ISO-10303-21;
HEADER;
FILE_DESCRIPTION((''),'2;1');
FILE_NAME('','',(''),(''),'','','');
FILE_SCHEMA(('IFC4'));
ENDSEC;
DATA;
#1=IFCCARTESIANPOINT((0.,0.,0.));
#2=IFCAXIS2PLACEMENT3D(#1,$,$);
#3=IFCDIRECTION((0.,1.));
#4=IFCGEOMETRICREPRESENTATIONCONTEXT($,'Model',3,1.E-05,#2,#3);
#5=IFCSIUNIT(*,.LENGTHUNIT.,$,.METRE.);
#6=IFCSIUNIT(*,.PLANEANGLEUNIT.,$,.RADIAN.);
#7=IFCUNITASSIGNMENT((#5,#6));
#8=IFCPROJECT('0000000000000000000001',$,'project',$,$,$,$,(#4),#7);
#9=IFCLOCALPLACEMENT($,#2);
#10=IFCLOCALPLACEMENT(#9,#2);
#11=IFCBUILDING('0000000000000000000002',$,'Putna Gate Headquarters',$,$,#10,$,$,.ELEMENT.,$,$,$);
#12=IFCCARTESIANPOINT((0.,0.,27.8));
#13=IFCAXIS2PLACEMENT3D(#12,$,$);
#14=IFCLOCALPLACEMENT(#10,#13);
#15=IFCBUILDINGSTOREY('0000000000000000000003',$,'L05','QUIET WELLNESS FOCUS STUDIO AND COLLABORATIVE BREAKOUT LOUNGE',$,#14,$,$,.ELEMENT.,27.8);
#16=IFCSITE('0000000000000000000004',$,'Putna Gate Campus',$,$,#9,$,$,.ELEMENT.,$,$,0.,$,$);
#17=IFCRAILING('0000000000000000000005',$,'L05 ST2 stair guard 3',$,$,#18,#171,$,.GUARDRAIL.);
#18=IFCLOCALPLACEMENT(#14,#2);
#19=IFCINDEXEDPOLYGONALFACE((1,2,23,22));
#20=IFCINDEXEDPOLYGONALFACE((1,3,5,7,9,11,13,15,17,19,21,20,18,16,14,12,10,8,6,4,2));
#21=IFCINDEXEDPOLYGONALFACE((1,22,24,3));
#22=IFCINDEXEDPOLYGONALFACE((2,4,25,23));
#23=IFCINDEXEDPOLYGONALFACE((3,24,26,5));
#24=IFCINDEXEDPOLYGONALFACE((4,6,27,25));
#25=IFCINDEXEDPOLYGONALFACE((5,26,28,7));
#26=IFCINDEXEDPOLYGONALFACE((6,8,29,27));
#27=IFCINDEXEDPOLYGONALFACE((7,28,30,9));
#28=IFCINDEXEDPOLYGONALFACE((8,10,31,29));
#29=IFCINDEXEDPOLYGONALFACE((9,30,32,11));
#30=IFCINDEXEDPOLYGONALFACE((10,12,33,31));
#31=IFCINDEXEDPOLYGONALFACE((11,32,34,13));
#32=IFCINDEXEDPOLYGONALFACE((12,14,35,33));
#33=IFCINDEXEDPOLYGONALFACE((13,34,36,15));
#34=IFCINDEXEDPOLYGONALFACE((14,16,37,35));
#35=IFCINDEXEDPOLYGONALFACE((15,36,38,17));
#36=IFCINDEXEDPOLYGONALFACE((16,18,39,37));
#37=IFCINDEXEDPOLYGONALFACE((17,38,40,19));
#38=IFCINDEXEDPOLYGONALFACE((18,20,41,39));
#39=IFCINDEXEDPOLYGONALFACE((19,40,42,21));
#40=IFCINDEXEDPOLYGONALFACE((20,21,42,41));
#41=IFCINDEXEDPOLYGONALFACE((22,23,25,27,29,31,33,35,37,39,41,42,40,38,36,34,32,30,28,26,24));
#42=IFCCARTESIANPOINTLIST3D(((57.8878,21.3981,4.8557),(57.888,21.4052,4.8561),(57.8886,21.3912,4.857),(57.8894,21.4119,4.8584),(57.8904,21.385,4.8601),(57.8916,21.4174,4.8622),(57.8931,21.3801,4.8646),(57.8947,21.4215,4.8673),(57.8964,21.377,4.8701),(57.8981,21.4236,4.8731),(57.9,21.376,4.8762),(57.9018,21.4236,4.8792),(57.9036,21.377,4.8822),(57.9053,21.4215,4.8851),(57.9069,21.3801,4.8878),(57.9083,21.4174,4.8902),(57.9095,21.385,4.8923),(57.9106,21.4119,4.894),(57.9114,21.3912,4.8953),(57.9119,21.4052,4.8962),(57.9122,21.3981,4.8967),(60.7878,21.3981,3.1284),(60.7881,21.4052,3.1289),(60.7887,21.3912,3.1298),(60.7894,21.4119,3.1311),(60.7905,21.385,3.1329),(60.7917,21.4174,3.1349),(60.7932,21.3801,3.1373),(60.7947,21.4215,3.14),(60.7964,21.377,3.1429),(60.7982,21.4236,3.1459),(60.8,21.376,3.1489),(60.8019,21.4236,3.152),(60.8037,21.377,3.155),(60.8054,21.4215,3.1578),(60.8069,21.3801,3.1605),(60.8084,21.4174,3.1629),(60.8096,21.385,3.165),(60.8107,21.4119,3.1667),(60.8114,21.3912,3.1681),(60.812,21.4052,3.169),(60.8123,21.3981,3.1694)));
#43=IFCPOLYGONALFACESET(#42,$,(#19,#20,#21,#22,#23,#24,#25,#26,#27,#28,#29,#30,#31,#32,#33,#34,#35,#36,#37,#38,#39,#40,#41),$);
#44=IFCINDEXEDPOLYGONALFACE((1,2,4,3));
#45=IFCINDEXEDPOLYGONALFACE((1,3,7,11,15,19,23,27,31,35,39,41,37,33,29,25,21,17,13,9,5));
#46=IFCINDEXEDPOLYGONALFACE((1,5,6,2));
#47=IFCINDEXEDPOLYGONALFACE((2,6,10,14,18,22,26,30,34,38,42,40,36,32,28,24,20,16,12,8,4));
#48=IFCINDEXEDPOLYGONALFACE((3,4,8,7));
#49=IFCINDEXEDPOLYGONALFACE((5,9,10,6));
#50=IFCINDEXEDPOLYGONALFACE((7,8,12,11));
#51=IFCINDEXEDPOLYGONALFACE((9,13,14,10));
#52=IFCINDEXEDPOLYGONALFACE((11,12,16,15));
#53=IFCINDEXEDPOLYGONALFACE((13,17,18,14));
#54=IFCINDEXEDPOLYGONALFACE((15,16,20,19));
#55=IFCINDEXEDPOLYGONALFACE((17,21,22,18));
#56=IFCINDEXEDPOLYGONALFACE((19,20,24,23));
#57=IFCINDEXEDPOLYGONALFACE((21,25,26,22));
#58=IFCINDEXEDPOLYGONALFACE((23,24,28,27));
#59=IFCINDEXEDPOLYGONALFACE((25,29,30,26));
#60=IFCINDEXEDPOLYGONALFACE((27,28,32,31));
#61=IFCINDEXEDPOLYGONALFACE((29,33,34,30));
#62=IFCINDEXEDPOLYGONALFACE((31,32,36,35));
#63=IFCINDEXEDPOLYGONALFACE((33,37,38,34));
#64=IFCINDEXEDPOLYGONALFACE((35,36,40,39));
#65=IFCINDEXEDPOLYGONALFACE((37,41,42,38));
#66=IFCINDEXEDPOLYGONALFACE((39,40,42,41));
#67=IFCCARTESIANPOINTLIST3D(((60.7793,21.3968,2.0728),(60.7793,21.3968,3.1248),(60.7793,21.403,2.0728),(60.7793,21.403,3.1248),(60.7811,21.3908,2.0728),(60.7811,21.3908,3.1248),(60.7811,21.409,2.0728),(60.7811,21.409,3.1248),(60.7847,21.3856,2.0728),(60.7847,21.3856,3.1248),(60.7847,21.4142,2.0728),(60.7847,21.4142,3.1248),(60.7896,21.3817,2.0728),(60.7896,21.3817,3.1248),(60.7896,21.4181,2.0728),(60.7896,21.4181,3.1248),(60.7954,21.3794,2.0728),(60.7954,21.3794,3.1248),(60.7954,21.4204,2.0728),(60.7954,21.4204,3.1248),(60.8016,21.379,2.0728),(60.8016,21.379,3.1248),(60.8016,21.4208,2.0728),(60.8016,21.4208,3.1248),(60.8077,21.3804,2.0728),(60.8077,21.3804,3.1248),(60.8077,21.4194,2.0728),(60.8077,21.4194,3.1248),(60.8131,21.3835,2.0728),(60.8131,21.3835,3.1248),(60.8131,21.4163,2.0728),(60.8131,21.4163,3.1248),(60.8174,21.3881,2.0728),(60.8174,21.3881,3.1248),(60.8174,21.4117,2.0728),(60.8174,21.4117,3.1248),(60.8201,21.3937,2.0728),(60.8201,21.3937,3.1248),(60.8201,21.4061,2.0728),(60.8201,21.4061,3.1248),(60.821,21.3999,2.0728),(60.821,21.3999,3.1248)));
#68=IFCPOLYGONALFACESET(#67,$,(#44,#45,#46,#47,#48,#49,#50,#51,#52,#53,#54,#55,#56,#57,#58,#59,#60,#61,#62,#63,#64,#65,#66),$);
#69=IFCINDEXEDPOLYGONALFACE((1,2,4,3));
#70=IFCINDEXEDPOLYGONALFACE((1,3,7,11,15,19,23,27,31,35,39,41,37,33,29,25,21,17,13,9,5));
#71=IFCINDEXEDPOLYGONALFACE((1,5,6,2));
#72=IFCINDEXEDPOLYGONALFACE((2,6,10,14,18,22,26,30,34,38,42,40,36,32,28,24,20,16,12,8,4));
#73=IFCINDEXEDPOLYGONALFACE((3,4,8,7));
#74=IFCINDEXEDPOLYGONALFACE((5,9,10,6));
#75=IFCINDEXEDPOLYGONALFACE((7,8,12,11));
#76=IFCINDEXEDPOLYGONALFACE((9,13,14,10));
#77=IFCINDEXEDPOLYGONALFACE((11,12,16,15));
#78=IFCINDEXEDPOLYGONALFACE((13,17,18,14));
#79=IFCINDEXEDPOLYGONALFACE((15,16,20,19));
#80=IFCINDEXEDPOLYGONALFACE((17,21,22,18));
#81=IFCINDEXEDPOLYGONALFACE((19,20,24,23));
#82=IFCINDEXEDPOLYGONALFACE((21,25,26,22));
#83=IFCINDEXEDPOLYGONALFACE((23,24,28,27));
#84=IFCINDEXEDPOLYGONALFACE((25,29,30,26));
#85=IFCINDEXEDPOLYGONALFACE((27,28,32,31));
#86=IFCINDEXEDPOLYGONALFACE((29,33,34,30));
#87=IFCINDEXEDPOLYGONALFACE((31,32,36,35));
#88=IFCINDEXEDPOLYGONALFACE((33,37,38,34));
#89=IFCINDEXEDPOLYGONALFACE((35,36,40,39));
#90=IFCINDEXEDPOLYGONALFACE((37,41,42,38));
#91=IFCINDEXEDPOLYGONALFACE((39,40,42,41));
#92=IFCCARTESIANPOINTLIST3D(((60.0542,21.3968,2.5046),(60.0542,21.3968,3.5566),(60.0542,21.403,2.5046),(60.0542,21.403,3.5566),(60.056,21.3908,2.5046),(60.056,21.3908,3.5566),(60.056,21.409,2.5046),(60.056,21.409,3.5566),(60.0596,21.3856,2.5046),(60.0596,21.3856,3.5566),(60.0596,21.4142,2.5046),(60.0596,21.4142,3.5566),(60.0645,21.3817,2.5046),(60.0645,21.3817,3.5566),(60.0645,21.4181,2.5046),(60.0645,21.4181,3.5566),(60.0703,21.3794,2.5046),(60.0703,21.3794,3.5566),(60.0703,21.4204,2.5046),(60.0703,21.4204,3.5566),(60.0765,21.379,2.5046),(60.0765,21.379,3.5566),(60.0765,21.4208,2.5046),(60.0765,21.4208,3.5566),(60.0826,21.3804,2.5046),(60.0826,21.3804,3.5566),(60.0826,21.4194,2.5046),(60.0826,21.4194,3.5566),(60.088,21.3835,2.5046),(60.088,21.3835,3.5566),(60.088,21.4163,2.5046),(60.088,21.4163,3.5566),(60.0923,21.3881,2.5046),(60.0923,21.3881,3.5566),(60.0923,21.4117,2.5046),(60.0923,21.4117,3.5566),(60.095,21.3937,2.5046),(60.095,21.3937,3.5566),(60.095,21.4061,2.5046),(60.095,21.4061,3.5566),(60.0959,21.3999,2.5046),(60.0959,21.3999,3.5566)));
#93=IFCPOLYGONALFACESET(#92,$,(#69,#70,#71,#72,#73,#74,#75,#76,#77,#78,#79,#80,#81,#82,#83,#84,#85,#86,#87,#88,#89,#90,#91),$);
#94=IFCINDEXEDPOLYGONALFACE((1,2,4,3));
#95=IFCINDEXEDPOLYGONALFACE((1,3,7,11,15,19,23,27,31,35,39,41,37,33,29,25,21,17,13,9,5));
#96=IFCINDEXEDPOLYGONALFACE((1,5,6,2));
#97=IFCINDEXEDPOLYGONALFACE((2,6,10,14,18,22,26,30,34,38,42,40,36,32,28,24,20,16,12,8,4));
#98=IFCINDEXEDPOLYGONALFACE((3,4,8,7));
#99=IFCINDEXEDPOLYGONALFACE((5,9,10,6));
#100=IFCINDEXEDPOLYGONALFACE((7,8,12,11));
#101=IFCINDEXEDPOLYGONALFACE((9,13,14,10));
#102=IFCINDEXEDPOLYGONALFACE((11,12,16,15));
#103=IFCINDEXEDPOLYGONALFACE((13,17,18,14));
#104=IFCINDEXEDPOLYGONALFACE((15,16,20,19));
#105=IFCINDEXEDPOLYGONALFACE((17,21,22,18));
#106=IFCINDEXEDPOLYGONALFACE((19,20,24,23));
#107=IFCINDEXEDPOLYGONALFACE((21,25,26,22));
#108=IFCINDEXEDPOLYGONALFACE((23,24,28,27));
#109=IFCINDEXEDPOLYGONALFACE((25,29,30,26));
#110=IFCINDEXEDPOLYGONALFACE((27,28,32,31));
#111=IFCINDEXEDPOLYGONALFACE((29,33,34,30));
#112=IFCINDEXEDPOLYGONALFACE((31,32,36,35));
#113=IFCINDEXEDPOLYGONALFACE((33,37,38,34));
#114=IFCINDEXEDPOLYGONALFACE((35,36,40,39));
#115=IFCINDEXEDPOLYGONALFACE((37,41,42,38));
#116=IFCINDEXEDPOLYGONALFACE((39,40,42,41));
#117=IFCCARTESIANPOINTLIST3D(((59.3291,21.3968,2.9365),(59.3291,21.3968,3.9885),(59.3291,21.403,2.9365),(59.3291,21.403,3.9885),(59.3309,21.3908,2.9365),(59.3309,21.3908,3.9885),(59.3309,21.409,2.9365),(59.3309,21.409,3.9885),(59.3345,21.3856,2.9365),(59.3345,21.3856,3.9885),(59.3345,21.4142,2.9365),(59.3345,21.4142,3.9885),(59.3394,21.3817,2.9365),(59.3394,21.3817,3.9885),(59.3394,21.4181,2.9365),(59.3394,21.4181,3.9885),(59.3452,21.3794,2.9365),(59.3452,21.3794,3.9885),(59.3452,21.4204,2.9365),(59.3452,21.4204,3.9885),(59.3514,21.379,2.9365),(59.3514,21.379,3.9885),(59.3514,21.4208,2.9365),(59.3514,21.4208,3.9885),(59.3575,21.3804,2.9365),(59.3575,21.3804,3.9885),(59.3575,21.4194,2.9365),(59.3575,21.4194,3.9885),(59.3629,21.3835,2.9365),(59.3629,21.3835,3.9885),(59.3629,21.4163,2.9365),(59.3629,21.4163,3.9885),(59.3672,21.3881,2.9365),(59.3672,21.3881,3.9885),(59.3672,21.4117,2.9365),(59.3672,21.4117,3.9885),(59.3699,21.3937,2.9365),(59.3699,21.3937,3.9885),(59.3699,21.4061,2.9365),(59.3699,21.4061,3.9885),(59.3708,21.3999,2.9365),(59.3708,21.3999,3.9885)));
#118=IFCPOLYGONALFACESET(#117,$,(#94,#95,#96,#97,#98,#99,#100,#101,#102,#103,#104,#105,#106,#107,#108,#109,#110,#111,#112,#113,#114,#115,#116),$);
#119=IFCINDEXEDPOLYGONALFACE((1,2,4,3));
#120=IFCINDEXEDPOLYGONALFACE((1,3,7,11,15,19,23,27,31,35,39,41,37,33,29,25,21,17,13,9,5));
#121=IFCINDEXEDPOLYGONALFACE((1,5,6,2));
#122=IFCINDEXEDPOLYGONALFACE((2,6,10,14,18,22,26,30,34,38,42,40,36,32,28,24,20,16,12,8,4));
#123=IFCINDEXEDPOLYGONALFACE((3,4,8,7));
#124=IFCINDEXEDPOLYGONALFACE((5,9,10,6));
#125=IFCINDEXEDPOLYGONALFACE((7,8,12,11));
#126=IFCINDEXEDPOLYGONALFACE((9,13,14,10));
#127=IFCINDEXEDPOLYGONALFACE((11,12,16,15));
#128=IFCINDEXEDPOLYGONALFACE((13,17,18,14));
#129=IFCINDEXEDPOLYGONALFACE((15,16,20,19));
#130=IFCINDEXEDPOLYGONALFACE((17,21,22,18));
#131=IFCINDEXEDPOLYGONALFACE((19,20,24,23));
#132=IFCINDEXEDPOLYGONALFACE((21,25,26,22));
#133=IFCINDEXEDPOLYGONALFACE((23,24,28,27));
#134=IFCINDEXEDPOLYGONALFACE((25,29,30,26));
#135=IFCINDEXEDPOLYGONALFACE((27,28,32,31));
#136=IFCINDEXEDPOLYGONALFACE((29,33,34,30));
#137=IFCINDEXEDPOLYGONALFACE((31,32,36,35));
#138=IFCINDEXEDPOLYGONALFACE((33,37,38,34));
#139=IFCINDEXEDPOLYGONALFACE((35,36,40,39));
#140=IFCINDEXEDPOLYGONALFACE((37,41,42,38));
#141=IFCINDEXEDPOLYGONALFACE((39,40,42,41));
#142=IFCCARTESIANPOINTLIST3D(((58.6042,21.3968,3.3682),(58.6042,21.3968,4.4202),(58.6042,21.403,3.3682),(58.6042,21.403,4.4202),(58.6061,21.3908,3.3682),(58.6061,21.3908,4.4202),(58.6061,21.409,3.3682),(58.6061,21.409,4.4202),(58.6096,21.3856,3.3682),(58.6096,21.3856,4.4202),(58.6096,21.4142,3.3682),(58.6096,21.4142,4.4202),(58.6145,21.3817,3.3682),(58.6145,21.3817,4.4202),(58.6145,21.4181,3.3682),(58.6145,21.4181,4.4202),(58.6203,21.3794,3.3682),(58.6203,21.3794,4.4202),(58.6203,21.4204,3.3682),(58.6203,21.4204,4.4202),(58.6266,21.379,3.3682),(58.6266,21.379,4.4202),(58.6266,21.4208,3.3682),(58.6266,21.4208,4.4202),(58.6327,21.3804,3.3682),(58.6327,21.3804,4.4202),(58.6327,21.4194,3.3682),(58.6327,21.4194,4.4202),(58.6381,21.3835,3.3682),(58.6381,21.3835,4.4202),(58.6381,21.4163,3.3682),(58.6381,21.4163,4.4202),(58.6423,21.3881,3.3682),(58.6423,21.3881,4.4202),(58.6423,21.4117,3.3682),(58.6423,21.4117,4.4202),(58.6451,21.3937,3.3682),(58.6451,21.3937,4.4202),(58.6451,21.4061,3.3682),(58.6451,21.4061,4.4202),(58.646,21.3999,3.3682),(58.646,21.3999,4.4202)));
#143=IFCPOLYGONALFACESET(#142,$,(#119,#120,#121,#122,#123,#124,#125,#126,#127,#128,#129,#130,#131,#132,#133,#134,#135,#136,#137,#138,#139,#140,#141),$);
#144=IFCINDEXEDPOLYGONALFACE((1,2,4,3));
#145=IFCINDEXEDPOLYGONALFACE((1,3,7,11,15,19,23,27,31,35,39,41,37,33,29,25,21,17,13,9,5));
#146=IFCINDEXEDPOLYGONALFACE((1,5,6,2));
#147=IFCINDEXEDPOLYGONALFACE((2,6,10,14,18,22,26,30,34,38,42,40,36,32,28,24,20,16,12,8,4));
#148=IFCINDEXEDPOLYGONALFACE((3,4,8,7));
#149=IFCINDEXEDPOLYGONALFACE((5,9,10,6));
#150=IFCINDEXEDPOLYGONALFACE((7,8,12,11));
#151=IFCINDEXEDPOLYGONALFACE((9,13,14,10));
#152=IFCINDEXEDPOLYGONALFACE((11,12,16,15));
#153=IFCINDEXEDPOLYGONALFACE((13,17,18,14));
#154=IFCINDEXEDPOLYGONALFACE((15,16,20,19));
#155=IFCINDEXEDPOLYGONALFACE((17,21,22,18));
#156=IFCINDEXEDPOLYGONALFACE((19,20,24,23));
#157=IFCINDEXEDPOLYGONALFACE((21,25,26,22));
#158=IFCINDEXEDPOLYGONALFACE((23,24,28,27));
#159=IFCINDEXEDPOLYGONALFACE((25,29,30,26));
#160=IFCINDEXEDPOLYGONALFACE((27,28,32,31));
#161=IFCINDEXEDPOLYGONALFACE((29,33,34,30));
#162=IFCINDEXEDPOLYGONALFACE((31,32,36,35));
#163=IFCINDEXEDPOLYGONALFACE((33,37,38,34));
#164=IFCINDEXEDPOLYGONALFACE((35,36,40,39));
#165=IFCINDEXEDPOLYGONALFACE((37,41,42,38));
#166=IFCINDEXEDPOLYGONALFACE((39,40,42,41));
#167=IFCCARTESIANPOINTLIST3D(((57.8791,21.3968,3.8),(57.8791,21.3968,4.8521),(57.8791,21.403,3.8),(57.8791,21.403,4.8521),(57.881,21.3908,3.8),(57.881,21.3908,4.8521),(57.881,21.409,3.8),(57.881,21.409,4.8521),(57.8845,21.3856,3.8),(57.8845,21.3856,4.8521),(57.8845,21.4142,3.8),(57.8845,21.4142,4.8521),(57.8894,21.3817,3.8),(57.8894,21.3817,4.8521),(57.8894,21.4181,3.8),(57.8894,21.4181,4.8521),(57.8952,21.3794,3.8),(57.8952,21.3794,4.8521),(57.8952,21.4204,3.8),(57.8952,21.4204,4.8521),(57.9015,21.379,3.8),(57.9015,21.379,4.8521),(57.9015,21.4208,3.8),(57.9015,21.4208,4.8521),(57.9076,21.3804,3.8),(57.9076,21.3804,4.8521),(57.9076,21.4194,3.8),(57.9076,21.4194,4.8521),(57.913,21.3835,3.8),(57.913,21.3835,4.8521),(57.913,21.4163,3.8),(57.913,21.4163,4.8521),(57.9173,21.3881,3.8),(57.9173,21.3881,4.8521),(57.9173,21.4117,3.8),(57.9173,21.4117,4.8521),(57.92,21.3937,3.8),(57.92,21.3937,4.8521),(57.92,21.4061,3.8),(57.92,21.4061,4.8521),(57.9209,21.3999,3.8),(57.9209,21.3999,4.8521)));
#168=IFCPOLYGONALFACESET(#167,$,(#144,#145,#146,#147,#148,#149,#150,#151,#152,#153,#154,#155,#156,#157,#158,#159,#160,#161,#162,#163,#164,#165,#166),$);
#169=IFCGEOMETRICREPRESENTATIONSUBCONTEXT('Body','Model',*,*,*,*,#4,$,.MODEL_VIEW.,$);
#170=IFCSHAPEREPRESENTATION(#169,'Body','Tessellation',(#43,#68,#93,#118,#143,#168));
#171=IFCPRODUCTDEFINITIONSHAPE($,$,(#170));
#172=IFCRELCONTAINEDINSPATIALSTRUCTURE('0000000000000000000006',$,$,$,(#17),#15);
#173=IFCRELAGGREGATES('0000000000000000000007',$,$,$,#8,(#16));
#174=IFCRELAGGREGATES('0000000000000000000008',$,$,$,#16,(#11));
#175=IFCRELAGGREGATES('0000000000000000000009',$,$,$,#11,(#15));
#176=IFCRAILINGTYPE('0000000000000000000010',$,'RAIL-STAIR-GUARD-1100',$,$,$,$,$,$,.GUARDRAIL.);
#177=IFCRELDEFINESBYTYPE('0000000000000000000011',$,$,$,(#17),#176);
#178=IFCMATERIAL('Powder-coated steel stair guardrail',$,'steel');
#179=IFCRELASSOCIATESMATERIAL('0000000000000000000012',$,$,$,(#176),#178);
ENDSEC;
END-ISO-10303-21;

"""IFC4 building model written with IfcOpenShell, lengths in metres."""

from ifc_helpers import new_model, si_unit, direction, frame, origin, origin_2d, place, context, subcontext, project, spatial, circle, extrude, material, type_object, element, save


model = new_model("IFC4")

# Units and contexts
model_context = context("Model", 3, precision=1e-05, world=origin(), true_north=direction((0.0, 1.0)))
body_context = subcontext(model_context, "Body", "Model", "MODEL_VIEW")
ifc_project = project(units=[si_unit("LENGTHUNIT", "METRE"), si_unit("PLANEANGLEUNIT", "RADIAN")], contexts=[model_context])

# Site, building, storey
site_placement = place(None, origin())
site = spatial("IfcSite", under=ifc_project, at=site_placement, Name="Putna Gate Campus", CompositionType="ELEMENT", RefElevation=0.0)
building_placement = place(site_placement, origin())
building = spatial("IfcBuilding", under=site, at=building_placement, Name="Putna Gate Headquarters", CompositionType="ELEMENT")
storey_placement = place(building_placement, frame((0.0, 0.0, 27.8)))
storey = spatial("IfcBuildingStorey", under=building, at=storey_placement, Name="L05", Description="QUIET WELLNESS FOCUS STUDIO AND COLLABORATIVE BREAKOUT LOUNGE", CompositionType="ELEMENT", Elevation=27.8)

# Railing
ifc_material_1 = material(Name="Powder-coated steel stair guardrail", Category="steel")
railing_type = type_object("IfcRailingType", Name="RAIL-STAIR-GUARD-1100", PredefinedType="GUARDRAIL", material=ifc_material_1)
railing_1_placement = place(storey_placement, frame((60.8, 21.3999, 2.0728)))
element("IfcRailing", 1, at=railing_1_placement, inside=storey, type_object=railing_type, Name="L05 ST2 stair guard 3", PredefinedType="GUARDRAIL", context=body_context, shape_type="SweptSolid", body=[
    extrude(circle(Radius=0.0239, at=origin_2d()), frame((0.0, 0.0, 1.0762), z_axis=(-0.85916, 0.0, 0.511706), x_axis=(0.0, -1.0, 0.0)), (0.0, 0.0, 1.0), 3.3755),
    extrude(circle(Radius=0.021, at=origin_2d()), origin(), (0.0, 0.0, 1.0), 1.052),
    extrude(circle(Radius=0.021, at=origin_2d()), frame((-0.7251, 0.0, 0.4319)), (0.0, 0.0, 1.0), 1.052),
    extrude(circle(Radius=0.021, at=origin_2d()), frame((-1.4502, 0.0, 0.8638)), (0.0, 0.0, 1.0), 1.052),
    extrude(circle(Radius=0.021, at=origin_2d()), frame((-2.175, 0.0, 1.2954)), (0.0, 0.0, 1.0), 1.052),
    extrude(circle(Radius=0.021, at=origin_2d()), frame((-2.9001, 0.0, 1.7273)), (0.0, 0.0, 1.0), 1.052),
])

save(model, "model.ifc")
